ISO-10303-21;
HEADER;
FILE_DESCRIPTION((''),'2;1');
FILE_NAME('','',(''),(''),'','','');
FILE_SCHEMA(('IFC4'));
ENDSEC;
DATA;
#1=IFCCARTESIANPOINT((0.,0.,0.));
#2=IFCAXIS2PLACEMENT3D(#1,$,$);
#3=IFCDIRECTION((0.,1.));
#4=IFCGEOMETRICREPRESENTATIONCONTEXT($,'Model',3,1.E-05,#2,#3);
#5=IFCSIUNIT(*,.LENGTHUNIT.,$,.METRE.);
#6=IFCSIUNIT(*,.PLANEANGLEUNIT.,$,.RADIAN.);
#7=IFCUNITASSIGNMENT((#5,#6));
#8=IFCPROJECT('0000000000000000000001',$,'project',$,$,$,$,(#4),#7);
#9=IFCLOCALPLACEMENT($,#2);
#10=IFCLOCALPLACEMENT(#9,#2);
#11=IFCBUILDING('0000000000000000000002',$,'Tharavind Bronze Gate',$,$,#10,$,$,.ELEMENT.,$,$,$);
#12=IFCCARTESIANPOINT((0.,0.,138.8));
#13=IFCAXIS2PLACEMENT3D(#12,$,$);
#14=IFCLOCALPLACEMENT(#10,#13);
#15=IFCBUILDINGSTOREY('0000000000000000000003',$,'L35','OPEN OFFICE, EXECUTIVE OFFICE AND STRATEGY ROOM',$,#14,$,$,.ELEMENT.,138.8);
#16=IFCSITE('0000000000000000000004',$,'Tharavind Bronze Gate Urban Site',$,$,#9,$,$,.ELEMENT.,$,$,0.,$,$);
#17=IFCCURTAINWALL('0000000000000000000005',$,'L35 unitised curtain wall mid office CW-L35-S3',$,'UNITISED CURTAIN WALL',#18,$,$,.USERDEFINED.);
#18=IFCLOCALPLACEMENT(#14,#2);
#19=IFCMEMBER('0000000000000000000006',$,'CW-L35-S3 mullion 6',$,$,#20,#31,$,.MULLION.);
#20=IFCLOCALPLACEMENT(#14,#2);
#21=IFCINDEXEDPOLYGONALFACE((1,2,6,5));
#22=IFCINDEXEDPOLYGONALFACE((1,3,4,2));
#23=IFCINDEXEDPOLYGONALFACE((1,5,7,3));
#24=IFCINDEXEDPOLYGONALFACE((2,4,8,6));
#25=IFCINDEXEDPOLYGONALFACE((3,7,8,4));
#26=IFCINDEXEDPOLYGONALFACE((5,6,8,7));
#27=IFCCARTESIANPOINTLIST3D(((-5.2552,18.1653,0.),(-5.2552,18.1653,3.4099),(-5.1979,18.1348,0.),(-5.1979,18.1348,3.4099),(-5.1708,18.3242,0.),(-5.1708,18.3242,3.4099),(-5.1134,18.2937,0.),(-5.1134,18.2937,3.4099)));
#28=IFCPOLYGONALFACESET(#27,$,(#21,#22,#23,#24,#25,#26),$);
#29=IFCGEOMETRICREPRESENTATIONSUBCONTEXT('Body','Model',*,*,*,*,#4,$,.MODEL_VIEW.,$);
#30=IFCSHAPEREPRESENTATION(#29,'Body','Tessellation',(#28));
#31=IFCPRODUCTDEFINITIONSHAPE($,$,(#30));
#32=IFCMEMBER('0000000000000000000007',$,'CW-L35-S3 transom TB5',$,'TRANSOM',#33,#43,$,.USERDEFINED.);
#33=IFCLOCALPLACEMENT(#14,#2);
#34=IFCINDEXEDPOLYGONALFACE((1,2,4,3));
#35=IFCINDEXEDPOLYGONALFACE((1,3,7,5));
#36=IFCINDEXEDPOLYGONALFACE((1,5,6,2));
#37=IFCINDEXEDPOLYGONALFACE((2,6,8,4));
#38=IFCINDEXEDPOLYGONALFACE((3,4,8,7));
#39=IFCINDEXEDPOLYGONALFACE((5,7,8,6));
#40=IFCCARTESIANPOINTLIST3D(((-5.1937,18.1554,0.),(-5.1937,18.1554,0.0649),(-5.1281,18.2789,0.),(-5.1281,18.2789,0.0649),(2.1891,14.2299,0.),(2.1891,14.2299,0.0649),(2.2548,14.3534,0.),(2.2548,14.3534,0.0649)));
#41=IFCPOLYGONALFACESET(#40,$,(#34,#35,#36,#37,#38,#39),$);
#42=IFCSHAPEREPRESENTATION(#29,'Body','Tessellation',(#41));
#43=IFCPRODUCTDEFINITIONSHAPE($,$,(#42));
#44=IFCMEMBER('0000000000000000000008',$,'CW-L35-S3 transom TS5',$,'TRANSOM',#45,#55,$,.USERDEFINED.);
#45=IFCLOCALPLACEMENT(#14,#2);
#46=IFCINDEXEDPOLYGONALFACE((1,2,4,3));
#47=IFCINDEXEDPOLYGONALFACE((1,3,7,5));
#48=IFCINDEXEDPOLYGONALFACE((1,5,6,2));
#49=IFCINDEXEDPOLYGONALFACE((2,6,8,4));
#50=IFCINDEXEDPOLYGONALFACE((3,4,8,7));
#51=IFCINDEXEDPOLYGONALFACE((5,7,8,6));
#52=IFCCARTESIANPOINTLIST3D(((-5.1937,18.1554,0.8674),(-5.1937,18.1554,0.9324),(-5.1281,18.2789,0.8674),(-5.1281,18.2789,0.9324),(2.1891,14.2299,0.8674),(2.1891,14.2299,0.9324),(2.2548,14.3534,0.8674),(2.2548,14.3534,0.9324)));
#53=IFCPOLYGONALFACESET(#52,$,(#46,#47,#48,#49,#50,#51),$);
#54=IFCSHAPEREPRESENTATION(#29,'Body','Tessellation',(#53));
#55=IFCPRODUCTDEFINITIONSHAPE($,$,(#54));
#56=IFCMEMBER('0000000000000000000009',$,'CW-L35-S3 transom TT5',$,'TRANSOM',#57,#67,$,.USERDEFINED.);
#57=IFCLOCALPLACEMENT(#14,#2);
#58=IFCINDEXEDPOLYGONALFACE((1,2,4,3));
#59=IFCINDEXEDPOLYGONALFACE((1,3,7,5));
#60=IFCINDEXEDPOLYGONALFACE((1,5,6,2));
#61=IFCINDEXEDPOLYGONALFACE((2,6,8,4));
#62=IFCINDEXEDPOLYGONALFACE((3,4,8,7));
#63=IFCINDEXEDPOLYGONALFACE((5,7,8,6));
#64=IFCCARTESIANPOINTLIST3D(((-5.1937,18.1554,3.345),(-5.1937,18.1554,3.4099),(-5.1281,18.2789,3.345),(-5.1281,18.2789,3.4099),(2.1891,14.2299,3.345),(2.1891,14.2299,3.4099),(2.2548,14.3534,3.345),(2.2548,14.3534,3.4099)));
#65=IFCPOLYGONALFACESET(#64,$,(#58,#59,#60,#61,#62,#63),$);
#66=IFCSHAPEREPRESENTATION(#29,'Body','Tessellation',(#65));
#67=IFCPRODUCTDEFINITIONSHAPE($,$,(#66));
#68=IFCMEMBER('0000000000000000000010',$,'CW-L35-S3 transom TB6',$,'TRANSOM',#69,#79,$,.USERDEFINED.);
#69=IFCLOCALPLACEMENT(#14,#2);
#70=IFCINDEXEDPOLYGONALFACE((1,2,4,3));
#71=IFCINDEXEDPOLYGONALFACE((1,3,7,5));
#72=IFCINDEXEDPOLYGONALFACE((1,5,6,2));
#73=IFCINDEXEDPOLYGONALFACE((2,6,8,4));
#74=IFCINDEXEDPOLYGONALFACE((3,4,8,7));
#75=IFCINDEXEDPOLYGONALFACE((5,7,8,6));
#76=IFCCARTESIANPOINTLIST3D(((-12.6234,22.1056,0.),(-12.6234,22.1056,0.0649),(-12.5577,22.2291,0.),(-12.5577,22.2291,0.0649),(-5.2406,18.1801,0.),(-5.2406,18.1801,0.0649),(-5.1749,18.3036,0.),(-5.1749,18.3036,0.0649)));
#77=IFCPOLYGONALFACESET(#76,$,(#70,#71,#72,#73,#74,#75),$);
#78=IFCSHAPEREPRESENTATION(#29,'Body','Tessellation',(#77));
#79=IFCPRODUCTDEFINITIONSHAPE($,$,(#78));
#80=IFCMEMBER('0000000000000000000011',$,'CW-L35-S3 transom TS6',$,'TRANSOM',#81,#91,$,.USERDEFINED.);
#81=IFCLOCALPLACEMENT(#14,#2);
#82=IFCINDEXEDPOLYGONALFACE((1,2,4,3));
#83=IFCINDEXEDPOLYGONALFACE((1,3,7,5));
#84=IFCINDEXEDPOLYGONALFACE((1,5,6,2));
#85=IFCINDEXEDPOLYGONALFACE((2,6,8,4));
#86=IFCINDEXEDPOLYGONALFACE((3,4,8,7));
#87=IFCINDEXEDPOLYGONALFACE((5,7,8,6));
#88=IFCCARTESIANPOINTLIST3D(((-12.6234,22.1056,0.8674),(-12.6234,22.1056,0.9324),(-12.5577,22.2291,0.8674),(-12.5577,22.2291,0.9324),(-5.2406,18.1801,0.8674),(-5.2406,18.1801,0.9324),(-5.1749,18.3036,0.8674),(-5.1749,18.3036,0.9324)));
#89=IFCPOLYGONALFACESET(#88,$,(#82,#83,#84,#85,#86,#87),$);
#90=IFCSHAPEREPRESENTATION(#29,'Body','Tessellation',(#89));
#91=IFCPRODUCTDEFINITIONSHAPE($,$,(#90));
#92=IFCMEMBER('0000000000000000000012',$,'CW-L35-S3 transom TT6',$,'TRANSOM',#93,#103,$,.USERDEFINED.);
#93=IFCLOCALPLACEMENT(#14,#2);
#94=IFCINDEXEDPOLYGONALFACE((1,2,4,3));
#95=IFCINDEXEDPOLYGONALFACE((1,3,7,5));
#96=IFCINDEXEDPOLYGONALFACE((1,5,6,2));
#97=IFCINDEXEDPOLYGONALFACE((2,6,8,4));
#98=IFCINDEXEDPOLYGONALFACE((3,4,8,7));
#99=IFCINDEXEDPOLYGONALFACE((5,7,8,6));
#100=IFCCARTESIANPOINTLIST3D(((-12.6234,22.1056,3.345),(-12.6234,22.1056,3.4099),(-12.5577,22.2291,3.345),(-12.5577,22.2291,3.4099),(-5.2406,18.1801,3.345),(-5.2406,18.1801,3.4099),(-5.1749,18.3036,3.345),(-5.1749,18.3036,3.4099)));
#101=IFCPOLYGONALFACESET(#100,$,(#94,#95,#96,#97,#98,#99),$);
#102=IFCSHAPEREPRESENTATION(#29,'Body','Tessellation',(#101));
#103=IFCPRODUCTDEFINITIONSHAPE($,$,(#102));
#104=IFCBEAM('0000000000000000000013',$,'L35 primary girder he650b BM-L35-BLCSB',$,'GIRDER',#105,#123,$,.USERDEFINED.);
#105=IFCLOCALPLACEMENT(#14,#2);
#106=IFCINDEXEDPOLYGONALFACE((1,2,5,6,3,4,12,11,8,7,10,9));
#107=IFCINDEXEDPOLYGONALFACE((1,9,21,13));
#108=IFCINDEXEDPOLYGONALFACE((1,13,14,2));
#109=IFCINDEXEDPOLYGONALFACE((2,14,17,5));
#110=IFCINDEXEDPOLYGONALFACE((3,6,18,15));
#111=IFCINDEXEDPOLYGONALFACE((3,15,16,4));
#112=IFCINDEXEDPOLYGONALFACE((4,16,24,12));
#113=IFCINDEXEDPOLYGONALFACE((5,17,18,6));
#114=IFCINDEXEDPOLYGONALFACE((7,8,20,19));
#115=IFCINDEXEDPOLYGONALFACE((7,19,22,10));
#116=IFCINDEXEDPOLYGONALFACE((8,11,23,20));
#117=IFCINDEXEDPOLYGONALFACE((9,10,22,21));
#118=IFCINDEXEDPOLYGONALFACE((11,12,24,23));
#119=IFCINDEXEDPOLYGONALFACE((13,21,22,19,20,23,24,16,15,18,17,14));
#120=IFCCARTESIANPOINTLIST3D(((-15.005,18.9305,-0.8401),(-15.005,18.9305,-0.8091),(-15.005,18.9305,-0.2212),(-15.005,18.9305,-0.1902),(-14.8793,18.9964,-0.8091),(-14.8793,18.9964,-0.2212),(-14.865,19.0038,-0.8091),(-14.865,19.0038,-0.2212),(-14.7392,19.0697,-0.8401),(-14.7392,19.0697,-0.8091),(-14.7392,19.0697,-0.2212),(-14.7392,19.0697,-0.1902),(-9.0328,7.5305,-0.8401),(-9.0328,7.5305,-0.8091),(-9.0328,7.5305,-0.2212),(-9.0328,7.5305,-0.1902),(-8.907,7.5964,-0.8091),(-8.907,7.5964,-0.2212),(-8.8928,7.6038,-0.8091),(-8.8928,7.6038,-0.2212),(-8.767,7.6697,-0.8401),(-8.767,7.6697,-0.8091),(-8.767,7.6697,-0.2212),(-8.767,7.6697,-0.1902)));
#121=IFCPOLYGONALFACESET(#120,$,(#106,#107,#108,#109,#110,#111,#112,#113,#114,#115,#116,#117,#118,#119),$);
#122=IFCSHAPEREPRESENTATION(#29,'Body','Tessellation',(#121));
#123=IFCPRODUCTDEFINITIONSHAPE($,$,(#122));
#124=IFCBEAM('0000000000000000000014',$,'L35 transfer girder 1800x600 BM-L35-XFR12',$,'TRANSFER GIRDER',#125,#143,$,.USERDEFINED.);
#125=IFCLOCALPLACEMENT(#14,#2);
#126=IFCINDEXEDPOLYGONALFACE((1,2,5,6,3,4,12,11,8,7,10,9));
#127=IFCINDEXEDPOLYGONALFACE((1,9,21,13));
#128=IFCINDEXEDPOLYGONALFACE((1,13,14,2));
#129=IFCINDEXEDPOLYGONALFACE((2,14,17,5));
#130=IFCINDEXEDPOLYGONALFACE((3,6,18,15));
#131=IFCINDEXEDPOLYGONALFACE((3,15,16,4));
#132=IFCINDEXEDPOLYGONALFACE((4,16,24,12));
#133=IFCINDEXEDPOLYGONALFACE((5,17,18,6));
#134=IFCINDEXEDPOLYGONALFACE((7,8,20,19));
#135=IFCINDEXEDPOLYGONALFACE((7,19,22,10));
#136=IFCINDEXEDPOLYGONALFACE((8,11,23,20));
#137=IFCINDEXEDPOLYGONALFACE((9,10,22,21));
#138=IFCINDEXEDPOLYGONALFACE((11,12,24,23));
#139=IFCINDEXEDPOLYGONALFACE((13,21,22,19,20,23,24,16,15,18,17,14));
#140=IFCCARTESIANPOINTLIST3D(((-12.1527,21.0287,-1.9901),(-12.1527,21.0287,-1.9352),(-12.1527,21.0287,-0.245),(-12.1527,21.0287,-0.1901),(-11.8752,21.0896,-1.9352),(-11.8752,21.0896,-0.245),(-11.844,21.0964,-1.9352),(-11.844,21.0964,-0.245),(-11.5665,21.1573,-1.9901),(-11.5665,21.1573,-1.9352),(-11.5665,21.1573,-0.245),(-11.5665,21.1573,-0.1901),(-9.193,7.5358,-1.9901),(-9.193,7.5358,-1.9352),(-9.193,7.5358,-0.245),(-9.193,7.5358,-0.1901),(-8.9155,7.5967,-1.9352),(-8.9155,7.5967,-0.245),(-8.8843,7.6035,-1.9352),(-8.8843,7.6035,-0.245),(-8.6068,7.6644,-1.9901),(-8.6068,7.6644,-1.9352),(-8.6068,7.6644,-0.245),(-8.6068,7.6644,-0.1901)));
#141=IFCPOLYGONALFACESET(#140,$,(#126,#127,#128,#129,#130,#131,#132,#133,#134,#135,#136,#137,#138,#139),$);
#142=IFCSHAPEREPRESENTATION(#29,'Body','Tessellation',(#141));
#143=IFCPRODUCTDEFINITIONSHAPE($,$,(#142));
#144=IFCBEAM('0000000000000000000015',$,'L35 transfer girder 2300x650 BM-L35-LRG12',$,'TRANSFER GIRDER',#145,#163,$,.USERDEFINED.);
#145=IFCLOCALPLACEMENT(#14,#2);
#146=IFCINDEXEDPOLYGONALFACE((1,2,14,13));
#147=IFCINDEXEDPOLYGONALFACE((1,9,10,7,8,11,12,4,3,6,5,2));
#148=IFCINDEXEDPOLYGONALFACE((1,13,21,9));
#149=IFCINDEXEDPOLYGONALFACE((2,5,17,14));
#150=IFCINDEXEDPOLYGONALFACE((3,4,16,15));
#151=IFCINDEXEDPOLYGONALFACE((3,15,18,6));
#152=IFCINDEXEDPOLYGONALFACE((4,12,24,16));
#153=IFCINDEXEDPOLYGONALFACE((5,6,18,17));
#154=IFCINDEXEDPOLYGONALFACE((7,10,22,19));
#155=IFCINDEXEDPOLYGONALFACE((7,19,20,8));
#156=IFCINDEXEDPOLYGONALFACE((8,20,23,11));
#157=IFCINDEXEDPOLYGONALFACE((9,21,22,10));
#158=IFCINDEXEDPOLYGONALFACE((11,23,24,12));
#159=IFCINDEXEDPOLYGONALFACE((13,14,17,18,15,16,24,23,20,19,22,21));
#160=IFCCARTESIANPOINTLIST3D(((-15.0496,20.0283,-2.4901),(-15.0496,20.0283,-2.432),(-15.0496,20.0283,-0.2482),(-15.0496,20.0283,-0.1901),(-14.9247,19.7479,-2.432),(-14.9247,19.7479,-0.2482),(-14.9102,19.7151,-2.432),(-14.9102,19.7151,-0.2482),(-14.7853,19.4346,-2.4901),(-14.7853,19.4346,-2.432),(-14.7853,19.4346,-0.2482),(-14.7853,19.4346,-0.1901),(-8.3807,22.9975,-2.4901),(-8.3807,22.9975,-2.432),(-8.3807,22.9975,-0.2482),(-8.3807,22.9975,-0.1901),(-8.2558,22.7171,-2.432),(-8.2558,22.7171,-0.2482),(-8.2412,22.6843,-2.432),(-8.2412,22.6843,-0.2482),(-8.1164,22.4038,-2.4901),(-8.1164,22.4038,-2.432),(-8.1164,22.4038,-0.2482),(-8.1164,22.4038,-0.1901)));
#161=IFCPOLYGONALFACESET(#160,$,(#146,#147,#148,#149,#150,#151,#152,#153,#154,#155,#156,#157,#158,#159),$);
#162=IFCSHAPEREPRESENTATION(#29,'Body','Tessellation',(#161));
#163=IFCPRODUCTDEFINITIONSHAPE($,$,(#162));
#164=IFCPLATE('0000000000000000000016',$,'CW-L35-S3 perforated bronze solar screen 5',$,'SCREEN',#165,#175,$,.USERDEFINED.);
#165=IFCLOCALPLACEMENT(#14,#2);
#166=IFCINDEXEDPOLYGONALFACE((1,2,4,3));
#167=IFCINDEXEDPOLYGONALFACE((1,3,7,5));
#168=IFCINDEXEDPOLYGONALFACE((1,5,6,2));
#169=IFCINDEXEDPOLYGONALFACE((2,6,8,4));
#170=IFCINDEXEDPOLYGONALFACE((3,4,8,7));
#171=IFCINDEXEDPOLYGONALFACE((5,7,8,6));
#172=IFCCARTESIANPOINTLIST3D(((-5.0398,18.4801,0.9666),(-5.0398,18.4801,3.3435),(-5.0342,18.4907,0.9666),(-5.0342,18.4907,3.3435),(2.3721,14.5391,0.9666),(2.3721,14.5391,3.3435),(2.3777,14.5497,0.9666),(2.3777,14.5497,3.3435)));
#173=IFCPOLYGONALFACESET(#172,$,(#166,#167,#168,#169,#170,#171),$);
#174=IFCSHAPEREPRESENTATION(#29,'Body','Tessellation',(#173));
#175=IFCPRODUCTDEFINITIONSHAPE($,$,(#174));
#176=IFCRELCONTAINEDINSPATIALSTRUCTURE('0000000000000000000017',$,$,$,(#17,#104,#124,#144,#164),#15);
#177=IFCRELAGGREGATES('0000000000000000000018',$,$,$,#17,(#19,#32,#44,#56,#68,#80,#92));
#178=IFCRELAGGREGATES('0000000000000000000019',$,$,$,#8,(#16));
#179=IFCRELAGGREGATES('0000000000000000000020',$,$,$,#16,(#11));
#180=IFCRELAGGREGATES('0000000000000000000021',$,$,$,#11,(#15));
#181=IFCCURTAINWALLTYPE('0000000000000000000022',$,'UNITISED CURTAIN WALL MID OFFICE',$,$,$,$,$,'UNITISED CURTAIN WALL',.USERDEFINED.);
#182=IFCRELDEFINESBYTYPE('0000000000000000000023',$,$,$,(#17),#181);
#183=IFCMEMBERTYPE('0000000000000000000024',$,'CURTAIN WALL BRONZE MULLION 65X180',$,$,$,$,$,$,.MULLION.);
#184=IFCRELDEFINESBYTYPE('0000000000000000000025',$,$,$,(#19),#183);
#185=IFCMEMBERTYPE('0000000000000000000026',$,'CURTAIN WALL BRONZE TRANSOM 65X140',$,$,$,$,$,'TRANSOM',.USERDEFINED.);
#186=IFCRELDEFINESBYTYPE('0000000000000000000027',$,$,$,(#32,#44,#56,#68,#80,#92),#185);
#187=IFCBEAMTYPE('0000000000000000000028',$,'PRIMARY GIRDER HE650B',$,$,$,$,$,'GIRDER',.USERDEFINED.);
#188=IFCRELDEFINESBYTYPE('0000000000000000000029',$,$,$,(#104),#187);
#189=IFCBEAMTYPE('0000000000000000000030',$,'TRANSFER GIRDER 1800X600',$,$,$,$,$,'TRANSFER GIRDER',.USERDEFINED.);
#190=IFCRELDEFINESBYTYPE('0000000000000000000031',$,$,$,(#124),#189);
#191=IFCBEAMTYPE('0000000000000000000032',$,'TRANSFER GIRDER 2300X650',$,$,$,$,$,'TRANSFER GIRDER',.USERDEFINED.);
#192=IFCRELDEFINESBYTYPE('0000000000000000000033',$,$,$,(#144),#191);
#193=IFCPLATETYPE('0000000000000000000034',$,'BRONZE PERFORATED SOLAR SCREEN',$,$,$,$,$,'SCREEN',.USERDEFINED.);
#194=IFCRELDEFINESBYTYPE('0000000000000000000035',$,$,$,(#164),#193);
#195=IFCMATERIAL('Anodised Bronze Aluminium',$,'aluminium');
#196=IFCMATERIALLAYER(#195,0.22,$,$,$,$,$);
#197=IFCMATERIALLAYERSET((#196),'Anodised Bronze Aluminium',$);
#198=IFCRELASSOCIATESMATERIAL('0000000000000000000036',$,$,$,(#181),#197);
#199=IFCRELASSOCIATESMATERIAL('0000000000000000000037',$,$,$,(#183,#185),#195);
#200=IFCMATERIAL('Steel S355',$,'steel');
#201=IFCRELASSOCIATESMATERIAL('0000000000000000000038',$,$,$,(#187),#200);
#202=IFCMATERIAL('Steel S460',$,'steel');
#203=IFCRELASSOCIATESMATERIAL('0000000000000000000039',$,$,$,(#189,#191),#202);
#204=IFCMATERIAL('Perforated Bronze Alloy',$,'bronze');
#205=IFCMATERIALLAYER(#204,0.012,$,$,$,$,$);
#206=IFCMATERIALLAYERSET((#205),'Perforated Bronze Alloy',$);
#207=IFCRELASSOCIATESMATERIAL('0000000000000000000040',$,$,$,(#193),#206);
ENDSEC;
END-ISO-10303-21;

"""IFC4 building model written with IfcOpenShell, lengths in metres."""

from ifc_helpers import new_model, si_unit, direction, frame, origin, origin_2d, place, context, subcontext, project, spatial, rectangle, i_section, extrude, material, layer, layer_set, material_profile, profile_set, type_object, element, aggregate, save


model = new_model("IFC4")

# Units and contexts
model_context = context("Model", 3, precision=1e-05, world=origin(), true_north=direction((0.0, 1.0)))
body_context = subcontext(model_context, "Body", "Model", "MODEL_VIEW")
ifc_project = project(units=[si_unit("LENGTHUNIT", "METRE"), si_unit("PLANEANGLEUNIT", "RADIAN")], contexts=[model_context])

# Site, building, storey
site_placement = place(None, origin())
site = spatial("IfcSite", under=ifc_project, at=site_placement, Name="Tharavind Bronze Gate Urban Site", CompositionType="ELEMENT", RefElevation=0.0)
building_placement = place(site_placement, origin())
building = spatial("IfcBuilding", under=site, at=building_placement, Name="Tharavind Bronze Gate", CompositionType="ELEMENT")
storey_placement = place(building_placement, frame((0.0, 0.0, 138.8)))
storey = spatial("IfcBuildingStorey", under=building, at=storey_placement, Name="L35", Description="OPEN OFFICE, EXECUTIVE OFFICE AND STRATEGY ROOM", CompositionType="ELEMENT", Elevation=138.8)

# Curtain wall, members
ifc_material_1 = material(Name="Anodised Bronze Aluminium", Category="aluminium")
ifc_layer_1 = layer(ifc_material_1, 0.22)
ifc_layer_set_1 = layer_set([ifc_layer_1], Name="Anodised Bronze Aluminium")
curtain_wall_type = type_object("IfcCurtainWallType", Name="UNITISED CURTAIN WALL MID OFFICE", ElementType="UNITISED CURTAIN WALL", PredefinedType="USERDEFINED", material=ifc_layer_set_1)
curtain_wall_placement = place(storey_placement, origin())
curtain_wall = element("IfcCurtainWall", 1, at=curtain_wall_placement, inside=storey, type_object=curtain_wall_type, Name="L35 unitised curtain wall mid office CW-L35-S3", ObjectType="UNITISED CURTAIN WALL", PredefinedType="USERDEFINED")
member_type_1 = type_object("IfcMemberType", Name="CURTAIN WALL BRONZE MULLION 65X180", PredefinedType="MULLION", material=ifc_material_1)
member_1_placement = place(storey_placement, frame((-5.1843, 18.2295, 0.0), z_axis=(0.0, 0.0, 1.0), x_axis=(-0.882948, 0.469472, 0.0)))
member_1 = element("IfcMember", 2, at=member_1_placement, type_object=member_type_1, Name="CW-L35-S3 mullion 6", PredefinedType="MULLION", context=body_context, shape_type="SweptSolid", body=[
    extrude(rectangle(XDim=0.0649, YDim=0.1799, at=origin_2d()), origin(), (0.0, 0.0, 1.0), 3.4099),
])
member_type_2 = type_object("IfcMemberType", Name="CURTAIN WALL BRONZE TRANSOM 65X140", ElementType="TRANSOM", PredefinedType="USERDEFINED", material=ifc_material_1)
member_2_placement = place(storey_placement, frame((-1.4695, 16.2544, 0.0), z_axis=(0.0, 0.0, 1.0), x_axis=(-0.882948, 0.469472, 0.0)))
member_2 = element("IfcMember", 3, at=member_2_placement, type_object=member_type_2, Name="CW-L35-S3 transom TB5", ObjectType="TRANSOM", PredefinedType="USERDEFINED", context=body_context, shape_type="SweptSolid", body=[
    extrude(rectangle(XDim=8.3616, YDim=0.1399, at=origin_2d()), origin(), (0.0, 0.0, 1.0), 0.0649),
])
member_3_placement = place(storey_placement, frame((-1.4695, 16.2544, 0.8674), z_axis=(0.0, 0.0, 1.0), x_axis=(-0.882948, 0.469472, 0.0)))
member_3 = element("IfcMember", 4, at=member_3_placement, type_object=member_type_2, Name="CW-L35-S3 transom TS5", ObjectType="TRANSOM", PredefinedType="USERDEFINED", context=body_context, shape_type="SweptSolid", body=[
    extrude(rectangle(XDim=8.3616, YDim=0.1399, at=origin_2d()), origin(), (0.0, 0.0, 1.0), 0.0649),
])
member_4_placement = place(storey_placement, frame((-1.4695, 16.2544, 3.345), z_axis=(0.0, 0.0, 1.0), x_axis=(-0.882948, 0.469472, 0.0)))
member_4 = element("IfcMember", 5, at=member_4_placement, type_object=member_type_2, Name="CW-L35-S3 transom TT5", ObjectType="TRANSOM", PredefinedType="USERDEFINED", context=body_context, shape_type="SweptSolid", body=[
    extrude(rectangle(XDim=8.3616, YDim=0.1399, at=origin_2d()), origin(), (0.0, 0.0, 1.0), 0.0649),
])
member_5_placement = place(storey_placement, frame((-8.8992, 20.2046, 0.0), z_axis=(0.0, 0.0, 1.0), x_axis=(-0.882948, 0.469472, 0.0)))
member_5 = element("IfcMember", 6, at=member_5_placement, type_object=member_type_2, Name="CW-L35-S3 transom TB6", ObjectType="TRANSOM", PredefinedType="USERDEFINED", context=body_context, shape_type="SweptSolid", body=[
    extrude(rectangle(XDim=8.3616, YDim=0.1399, at=origin_2d()), origin(), (0.0, 0.0, 1.0), 0.0649),
])
member_6_placement = place(storey_placement, frame((-8.8992, 20.2046, 0.8674), z_axis=(0.0, 0.0, 1.0), x_axis=(-0.882948, 0.469472, 0.0)))
member_6 = element("IfcMember", 7, at=member_6_placement, type_object=member_type_2, Name="CW-L35-S3 transom TS6", ObjectType="TRANSOM", PredefinedType="USERDEFINED", context=body_context, shape_type="SweptSolid", body=[
    extrude(rectangle(XDim=8.3616, YDim=0.1399, at=origin_2d()), origin(), (0.0, 0.0, 1.0), 0.0649),
])
member_7_placement = place(storey_placement, frame((-8.8992, 20.2046, 3.345), z_axis=(0.0, 0.0, 1.0), x_axis=(-0.882948, 0.469472, 0.0)))
member_7 = element("IfcMember", 8, at=member_7_placement, type_object=member_type_2, Name="CW-L35-S3 transom TT6", ObjectType="TRANSOM", PredefinedType="USERDEFINED", context=body_context, shape_type="SweptSolid", body=[
    extrude(rectangle(XDim=8.3616, YDim=0.1399, at=origin_2d()), origin(), (0.0, 0.0, 1.0), 0.0649),
])

# Beams
ifc_material_2 = material(Name="Steel S355", Category="steel")
ifc_material_profile_1 = material_profile(ifc_material_2, i_section(OverallWidth=0.3, OverallDepth=0.6499, WebThickness=0.0161, FlangeThickness=0.031, at=origin_2d()), Name="HE650B")
ifc_profile_set_1 = profile_set([ifc_material_profile_1], Name="Steel S355")
beam_type_1 = type_object("IfcBeamType", Name="PRIMARY GIRDER HE650B", ElementType="GIRDER", PredefinedType="USERDEFINED", material=ifc_profile_set_1)
beam_1_placement = place(storey_placement, frame((-8.8999, 7.6001, -0.5151), z_axis=(-0.464055, 0.885806, 0.0), x_axis=(-0.885806, -0.464055, 0.0)))
element("IfcBeam", 9, at=beam_1_placement, inside=storey, type_object=beam_type_1, Name="L35 primary girder he650b BM-L35-BLCSB", ObjectType="GIRDER", PredefinedType="USERDEFINED", context=body_context, shape_type="SweptSolid", body=[
    extrude(i_section(OverallWidth=0.3, OverallDepth=0.6499, WebThickness=0.0161, FlangeThickness=0.031, at=origin_2d()), origin(), (0.0, 0.0, 1.0), 12.8696),
])
ifc_material_3 = material(Name="Steel S460", Category="steel")
ifc_material_profile_2 = material_profile(ifc_material_3, i_section(OverallWidth=0.6001, OverallDepth=1.8, WebThickness=0.032, FlangeThickness=0.0549, at=origin_2d()), Name="PG1800X600")
ifc_profile_set_2 = profile_set([ifc_material_profile_2], Name="Steel S460")
beam_type_2 = type_object("IfcBeamType", Name="TRANSFER GIRDER 1800X600", ElementType="TRANSFER GIRDER", PredefinedType="USERDEFINED", material=ifc_profile_set_2)
beam_2_placement = place(storey_placement, frame((-8.8999, 7.6001, -1.0901), z_axis=(-0.214259, 0.976777, 0.0), x_axis=(-0.976777, -0.214259, 0.0)))
element("IfcBeam", 10, at=beam_2_placement, inside=storey, type_object=beam_type_2, Name="L35 transfer girder 1800x600 BM-L35-XFR12", ObjectType="TRANSFER GIRDER", PredefinedType="USERDEFINED", context=body_context, shape_type="SweptSolid", body=[
    extrude(i_section(OverallWidth=0.6001, OverallDepth=1.8, WebThickness=0.032, FlangeThickness=0.0549, at=origin_2d()), origin(), (0.0, 0.0, 1.0), 13.8137),
])
ifc_material_profile_3 = material_profile(ifc_material_3, i_section(OverallWidth=0.6499, OverallDepth=2.3, WebThickness=0.0359, FlangeThickness=0.0581, at=origin_2d()), Name="PG2300X650")
ifc_profile_set_3 = profile_set([ifc_material_profile_3], Name="Steel S460")
beam_type_3 = type_object("IfcBeamType", Name="TRANSFER GIRDER 2300X650", ElementType="TRANSFER GIRDER", PredefinedType="USERDEFINED", material=ifc_profile_set_3)
beam_3_placement = place(storey_placement, frame((-8.2485, 22.7007, -1.3401), z_axis=(-0.913544, -0.40674, 0.0), x_axis=(0.40674, -0.913544, 0.0)))
element("IfcBeam", 11, at=beam_3_placement, inside=storey, type_object=beam_type_3, Name="L35 transfer girder 2300x650 BM-L35-LRG12", ObjectType="TRANSFER GIRDER", PredefinedType="USERDEFINED", context=body_context, shape_type="SweptSolid", body=[
    extrude(i_section(OverallWidth=0.6499, OverallDepth=2.3, WebThickness=0.0359, FlangeThickness=0.0581, at=origin_2d()), origin(), (0.0, 0.0, 1.0), 7.3),
])

# Plate
ifc_material_4 = material(Name="Perforated Bronze Alloy", Category="bronze")
ifc_layer_2 = layer(ifc_material_4, 0.012)
ifc_layer_set_2 = layer_set([ifc_layer_2], Name="Perforated Bronze Alloy")
plate_type_1 = type_object("IfcPlateType", Name="BRONZE PERFORATED SOLAR SCREEN", ElementType="SCREEN", PredefinedType="USERDEFINED", material=ifc_layer_set_2)
plate_1_placement = place(storey_placement, frame((-1.3311, 16.5149, 0.9666), z_axis=(0.0, 0.0, 1.0), x_axis=(-0.882948, 0.469472, 0.0)))
element("IfcPlate", 12, at=plate_1_placement, inside=storey, type_object=plate_type_1, Name="CW-L35-S3 perforated bronze solar screen 5", ObjectType="SCREEN", PredefinedType="USERDEFINED", context=body_context, shape_type="SweptSolid", body=[
    extrude(rectangle(XDim=8.3945, YDim=0.012, at=origin_2d()), origin(), (0.0, 0.0, 1.0), 2.377),
])
aggregate(curtain_wall, [member_1, member_2, member_3, member_4, member_5, member_6, member_7])

save(model, "model.ifc")
